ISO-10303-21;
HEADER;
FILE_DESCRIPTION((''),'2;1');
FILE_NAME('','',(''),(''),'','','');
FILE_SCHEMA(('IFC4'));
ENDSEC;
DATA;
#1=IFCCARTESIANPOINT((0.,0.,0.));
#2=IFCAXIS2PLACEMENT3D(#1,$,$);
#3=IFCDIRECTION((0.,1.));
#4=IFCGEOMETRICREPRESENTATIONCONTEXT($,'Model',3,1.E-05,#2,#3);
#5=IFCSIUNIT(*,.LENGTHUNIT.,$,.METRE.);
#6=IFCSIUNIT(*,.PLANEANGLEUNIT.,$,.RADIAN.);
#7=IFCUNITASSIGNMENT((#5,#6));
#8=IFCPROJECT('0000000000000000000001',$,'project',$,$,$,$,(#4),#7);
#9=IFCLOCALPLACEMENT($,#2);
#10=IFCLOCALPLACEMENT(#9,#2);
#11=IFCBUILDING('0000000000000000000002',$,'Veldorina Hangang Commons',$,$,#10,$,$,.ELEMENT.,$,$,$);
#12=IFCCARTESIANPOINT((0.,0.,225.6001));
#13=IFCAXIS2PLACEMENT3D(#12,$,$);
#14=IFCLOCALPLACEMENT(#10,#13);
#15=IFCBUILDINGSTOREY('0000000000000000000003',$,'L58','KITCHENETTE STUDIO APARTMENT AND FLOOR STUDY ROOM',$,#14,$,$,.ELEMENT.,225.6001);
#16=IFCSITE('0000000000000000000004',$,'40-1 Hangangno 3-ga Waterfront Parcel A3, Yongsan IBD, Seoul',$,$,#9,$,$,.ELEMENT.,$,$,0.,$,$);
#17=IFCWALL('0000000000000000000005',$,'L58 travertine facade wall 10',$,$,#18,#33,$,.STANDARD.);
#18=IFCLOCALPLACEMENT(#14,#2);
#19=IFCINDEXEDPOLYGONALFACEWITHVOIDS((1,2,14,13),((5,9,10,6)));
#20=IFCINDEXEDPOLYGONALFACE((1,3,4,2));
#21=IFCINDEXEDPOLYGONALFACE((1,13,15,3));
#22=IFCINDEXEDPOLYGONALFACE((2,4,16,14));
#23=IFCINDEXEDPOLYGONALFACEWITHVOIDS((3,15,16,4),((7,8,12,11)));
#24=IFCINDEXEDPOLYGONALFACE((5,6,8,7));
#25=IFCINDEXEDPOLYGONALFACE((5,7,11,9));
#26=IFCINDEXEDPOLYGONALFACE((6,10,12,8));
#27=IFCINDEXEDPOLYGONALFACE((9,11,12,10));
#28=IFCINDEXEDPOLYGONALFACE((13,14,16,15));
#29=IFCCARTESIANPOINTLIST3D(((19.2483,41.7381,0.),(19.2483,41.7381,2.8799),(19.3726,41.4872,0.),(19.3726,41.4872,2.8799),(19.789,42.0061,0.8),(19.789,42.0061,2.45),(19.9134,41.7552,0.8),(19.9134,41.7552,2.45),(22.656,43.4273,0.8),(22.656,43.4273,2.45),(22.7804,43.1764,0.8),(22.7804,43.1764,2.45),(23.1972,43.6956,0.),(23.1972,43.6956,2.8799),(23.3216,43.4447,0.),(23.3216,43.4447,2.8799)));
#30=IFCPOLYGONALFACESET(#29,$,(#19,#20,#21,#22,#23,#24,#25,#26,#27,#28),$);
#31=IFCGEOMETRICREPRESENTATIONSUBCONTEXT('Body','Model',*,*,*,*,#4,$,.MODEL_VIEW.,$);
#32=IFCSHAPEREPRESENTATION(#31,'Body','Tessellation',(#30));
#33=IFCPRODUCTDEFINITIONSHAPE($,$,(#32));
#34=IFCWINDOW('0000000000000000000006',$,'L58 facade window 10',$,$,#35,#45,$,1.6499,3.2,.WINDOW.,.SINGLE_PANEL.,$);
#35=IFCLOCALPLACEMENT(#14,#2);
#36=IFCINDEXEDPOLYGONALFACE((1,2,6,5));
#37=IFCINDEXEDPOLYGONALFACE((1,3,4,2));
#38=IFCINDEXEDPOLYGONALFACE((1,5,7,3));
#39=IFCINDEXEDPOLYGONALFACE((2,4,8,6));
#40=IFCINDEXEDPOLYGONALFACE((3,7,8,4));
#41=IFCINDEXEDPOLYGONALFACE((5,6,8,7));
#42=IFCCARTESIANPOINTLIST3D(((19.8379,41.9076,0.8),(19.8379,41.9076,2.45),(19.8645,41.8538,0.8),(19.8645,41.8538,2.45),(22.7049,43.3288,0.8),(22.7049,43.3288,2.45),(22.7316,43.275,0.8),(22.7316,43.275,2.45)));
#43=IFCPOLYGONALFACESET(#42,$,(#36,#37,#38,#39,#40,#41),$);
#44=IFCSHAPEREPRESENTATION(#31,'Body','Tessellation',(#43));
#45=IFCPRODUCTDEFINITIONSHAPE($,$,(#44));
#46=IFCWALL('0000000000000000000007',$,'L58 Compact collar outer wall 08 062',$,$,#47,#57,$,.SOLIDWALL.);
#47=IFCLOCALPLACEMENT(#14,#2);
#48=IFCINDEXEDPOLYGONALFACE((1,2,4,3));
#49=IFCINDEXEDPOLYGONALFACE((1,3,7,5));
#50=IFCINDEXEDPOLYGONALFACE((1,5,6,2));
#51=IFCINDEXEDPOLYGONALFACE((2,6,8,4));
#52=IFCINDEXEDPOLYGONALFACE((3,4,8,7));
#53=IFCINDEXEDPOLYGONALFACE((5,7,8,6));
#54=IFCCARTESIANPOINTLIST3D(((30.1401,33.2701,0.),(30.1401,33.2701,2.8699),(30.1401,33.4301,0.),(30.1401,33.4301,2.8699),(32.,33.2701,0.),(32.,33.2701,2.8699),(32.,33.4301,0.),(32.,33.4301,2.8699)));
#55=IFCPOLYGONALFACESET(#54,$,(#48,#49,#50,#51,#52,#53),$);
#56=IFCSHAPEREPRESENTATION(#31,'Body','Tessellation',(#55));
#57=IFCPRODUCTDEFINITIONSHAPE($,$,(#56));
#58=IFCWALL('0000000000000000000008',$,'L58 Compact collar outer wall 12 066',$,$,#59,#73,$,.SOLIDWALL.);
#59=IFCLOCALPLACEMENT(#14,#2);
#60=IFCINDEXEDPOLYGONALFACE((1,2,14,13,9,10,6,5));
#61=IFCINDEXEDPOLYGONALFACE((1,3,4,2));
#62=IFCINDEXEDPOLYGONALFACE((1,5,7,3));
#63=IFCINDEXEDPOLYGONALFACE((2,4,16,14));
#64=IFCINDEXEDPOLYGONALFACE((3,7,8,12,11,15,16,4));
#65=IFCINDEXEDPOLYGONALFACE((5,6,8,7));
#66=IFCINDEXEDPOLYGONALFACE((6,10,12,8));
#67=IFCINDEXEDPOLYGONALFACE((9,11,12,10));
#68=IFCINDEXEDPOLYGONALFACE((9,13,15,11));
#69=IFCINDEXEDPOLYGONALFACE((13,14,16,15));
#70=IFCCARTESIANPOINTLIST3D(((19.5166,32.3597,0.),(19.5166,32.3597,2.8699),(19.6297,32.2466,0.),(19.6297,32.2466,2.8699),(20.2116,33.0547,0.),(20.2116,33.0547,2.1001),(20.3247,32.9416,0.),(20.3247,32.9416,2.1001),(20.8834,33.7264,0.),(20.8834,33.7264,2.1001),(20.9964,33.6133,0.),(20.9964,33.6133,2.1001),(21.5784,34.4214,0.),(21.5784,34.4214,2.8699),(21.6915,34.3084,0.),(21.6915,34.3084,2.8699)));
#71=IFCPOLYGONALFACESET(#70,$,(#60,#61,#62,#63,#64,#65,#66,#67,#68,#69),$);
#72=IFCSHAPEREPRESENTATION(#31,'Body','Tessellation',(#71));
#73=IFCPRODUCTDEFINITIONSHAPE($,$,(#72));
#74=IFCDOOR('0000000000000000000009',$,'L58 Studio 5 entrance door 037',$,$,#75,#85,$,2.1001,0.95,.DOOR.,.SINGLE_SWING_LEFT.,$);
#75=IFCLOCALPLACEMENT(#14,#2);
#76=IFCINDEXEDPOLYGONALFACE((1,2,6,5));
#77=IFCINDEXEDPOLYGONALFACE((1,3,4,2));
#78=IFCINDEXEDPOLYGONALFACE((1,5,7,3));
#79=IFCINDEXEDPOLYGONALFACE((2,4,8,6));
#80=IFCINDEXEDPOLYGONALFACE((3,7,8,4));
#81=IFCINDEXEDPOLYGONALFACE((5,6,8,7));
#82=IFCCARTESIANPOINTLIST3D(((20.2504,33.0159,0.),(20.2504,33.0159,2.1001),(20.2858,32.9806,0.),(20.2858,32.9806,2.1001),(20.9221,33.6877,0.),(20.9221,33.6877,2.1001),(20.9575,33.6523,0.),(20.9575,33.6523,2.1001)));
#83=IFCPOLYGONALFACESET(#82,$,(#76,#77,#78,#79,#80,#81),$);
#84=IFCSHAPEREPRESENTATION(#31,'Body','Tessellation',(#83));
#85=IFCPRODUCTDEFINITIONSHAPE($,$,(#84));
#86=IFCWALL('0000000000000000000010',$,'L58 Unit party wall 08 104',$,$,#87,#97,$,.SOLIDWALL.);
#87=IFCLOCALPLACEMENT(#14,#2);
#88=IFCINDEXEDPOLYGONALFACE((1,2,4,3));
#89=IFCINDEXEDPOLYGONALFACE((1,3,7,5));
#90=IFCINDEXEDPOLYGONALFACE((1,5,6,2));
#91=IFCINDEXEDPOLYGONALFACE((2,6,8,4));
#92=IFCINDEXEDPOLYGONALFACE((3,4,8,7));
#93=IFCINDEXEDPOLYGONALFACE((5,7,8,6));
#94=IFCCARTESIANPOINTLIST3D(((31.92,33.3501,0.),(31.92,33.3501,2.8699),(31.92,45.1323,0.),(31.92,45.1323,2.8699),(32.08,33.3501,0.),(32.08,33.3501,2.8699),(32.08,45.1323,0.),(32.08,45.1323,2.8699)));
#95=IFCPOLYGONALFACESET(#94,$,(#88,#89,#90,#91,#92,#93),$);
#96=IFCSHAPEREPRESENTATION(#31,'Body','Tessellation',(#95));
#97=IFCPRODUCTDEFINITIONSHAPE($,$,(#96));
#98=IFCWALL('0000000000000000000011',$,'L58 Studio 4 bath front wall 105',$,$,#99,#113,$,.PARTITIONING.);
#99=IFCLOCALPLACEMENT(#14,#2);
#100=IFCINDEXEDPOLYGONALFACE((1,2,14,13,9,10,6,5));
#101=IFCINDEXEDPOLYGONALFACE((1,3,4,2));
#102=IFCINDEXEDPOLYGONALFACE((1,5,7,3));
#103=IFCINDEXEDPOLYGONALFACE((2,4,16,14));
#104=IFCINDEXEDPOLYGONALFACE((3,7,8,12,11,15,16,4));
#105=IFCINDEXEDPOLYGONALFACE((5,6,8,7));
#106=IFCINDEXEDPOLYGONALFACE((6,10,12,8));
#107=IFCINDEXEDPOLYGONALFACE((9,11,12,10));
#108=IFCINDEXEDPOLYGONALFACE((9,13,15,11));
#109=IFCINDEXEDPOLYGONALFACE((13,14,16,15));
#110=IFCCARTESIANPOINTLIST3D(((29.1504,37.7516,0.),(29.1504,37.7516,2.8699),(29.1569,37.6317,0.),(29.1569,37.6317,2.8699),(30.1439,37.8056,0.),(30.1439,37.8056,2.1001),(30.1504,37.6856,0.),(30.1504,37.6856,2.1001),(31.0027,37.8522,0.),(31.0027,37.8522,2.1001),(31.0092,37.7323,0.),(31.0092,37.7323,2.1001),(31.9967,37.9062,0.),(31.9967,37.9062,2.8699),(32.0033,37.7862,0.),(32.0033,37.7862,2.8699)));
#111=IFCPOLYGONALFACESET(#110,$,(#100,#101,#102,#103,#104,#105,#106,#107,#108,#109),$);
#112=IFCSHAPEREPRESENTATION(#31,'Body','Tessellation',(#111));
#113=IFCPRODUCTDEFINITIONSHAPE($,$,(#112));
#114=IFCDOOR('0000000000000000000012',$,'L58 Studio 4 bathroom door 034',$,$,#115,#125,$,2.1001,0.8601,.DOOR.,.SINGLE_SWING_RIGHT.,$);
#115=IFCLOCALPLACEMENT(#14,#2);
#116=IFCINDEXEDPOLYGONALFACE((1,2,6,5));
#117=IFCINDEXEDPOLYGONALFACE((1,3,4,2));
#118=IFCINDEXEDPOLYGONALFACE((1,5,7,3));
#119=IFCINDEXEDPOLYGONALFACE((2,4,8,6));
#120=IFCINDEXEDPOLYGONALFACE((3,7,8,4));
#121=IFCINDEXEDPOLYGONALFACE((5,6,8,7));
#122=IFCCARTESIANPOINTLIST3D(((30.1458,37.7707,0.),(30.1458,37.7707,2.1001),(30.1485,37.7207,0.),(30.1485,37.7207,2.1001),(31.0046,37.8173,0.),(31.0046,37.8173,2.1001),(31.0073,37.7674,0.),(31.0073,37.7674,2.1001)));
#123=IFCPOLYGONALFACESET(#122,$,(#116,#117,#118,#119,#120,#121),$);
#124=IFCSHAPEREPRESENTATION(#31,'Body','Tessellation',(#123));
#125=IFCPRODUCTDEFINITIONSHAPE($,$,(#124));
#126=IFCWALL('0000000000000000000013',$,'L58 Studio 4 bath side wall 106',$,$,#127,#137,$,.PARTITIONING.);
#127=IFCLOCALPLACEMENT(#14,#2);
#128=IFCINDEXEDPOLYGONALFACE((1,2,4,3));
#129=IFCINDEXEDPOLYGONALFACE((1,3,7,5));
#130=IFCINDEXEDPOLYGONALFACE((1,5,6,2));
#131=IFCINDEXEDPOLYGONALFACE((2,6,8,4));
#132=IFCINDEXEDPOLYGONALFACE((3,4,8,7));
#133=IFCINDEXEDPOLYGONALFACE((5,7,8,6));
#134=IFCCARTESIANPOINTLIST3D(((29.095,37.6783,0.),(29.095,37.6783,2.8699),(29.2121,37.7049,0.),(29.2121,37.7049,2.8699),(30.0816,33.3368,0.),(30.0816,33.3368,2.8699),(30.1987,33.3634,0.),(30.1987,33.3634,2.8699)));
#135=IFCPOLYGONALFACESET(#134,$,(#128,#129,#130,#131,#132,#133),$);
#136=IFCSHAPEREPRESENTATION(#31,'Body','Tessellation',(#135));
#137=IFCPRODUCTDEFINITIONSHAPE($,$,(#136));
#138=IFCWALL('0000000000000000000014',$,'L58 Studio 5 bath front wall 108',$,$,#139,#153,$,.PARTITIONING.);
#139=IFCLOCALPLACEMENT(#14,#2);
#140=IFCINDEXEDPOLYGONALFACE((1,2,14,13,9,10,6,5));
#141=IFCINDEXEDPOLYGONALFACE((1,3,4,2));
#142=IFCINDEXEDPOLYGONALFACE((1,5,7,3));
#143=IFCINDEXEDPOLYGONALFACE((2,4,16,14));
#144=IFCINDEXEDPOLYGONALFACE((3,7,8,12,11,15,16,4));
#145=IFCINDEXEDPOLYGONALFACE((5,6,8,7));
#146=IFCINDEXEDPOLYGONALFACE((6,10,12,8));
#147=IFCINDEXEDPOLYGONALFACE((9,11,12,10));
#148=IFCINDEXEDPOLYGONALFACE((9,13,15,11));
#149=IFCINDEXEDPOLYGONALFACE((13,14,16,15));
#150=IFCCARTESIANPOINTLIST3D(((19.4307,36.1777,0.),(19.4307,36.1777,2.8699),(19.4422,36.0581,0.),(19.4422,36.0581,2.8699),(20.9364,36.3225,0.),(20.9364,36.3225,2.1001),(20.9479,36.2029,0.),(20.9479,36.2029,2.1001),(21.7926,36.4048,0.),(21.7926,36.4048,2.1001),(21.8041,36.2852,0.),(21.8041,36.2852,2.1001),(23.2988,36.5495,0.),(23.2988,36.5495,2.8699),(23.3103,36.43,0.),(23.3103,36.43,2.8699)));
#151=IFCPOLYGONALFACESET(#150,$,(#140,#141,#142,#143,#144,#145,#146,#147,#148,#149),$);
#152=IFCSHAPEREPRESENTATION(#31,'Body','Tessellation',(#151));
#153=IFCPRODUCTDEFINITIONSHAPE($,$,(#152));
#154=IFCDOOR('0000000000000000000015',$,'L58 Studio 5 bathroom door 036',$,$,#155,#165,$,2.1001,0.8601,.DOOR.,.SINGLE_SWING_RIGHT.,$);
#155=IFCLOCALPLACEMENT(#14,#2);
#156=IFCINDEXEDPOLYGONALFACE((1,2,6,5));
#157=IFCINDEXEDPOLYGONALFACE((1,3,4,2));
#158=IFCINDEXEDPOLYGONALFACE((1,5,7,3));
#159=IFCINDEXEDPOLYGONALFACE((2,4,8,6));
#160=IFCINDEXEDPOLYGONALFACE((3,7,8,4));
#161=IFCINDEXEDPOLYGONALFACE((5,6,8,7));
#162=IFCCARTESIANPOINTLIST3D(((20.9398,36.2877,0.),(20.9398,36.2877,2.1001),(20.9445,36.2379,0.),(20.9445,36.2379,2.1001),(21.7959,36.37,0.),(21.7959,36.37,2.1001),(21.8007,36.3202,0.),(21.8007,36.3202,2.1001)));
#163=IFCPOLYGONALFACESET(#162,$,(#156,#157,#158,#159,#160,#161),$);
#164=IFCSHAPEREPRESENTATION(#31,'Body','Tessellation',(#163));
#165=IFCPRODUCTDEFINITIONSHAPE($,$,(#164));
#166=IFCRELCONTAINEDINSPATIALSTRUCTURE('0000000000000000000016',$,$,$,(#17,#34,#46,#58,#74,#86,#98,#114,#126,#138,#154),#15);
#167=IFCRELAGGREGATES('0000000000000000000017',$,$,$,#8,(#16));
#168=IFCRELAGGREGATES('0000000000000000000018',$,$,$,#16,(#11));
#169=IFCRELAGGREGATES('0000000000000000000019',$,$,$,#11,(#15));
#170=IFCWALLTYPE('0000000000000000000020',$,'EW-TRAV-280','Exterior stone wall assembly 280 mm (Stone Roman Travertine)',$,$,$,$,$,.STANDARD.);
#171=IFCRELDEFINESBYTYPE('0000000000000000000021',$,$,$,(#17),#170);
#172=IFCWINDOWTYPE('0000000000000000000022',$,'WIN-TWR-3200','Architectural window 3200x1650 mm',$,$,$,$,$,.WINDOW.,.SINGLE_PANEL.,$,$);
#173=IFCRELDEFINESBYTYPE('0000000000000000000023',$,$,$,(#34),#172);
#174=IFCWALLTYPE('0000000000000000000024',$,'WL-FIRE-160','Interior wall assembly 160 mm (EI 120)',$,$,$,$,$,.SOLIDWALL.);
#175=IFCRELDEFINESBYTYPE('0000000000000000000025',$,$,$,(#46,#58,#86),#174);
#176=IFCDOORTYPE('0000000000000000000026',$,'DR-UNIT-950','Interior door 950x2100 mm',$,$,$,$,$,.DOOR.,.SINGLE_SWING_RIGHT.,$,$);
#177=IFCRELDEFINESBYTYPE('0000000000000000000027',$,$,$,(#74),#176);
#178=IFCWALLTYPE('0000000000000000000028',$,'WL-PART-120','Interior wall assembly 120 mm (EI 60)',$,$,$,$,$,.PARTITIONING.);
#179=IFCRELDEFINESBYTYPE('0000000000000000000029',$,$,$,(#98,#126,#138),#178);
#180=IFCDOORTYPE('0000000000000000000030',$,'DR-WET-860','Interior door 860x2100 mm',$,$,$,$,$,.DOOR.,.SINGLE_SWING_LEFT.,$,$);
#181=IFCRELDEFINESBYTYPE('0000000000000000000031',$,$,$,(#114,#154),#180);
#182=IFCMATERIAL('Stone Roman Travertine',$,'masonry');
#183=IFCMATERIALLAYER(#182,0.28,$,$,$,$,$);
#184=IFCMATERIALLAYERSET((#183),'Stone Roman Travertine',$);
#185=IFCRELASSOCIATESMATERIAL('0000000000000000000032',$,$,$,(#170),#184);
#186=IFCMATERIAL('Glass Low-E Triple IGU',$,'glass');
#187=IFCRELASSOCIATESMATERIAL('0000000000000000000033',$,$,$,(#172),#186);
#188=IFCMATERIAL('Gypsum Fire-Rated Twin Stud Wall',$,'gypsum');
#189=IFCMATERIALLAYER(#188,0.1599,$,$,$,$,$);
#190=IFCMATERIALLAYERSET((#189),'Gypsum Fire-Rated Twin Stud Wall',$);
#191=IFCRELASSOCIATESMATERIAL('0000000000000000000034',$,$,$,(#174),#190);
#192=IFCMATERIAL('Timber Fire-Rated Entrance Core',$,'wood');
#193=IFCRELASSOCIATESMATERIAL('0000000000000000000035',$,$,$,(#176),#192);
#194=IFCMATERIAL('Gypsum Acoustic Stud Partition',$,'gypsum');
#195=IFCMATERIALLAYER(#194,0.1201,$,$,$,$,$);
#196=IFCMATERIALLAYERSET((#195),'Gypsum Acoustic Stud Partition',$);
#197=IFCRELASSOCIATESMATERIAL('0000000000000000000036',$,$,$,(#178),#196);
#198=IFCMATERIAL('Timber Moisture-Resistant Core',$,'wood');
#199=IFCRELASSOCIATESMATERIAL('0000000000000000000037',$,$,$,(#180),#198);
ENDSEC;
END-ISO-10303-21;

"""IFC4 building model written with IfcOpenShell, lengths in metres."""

from ifc_helpers import new_model, si_unit, direction, frame, frame_2d, origin, place, context, subcontext, project, spatial, rectangle, extrude, material, layer, layer_set, type_object, element, fill, save


model = new_model("IFC4")

# Units and contexts
model_context = context("Model", 3, precision=1e-05, world=origin(), true_north=direction((0.0, 1.0)))
body_context = subcontext(model_context, "Body", "Model", "MODEL_VIEW")
ifc_project = project(units=[si_unit("LENGTHUNIT", "METRE"), si_unit("PLANEANGLEUNIT", "RADIAN")], contexts=[model_context])

# Site, building, storey
site_placement = place(None, origin())
site = spatial("IfcSite", under=ifc_project, at=site_placement, Name="40-1 Hangangno 3-ga Waterfront Parcel A3, Yongsan IBD, Seoul", CompositionType="ELEMENT", RefElevation=0.0)
building_placement = place(site_placement, origin())
building = spatial("IfcBuilding", under=site, at=building_placement, Name="Veldorina Hangang Commons", CompositionType="ELEMENT")
storey_placement = place(building_placement, frame((0.0, 0.0, 225.6001)))
storey = spatial("IfcBuildingStorey", under=building, at=storey_placement, Name="L58", Description="KITCHENETTE STUDIO APARTMENT AND FLOOR STUDY ROOM", CompositionType="ELEMENT", Elevation=225.6001)

# Shared definitions
ifc_material_1 = material(Name="Stone Roman Travertine", Category="masonry")
ifc_layer_1 = layer(ifc_material_1, 0.28)
ifc_layer_set_1 = layer_set([ifc_layer_1], Name="Stone Roman Travertine")
wall_type_1 = type_object("IfcWallType", Name="EW-TRAV-280", Description="Exterior stone wall assembly 280 mm (Stone Roman Travertine)", PredefinedType="STANDARD", material=ifc_layer_set_1)

# Wall, opening, window
wall_1_placement = place(storey_placement, frame((23.2593, 43.5701, 0.0), z_axis=(0.0, 0.0, 1.0), x_axis=(-0.895962, -0.444131, 0.0)))
wall_1 = element("IfcWall", 1, at=wall_1_placement, inside=storey, type_object=wall_type_1, Name="L58 travertine facade wall 10", PredefinedType="STANDARD", context=body_context, shape_type="SweptSolid", body=[
    extrude(rectangle(XDim=4.4075, YDim=0.28, at=frame_2d((2.2036, 0.0))), origin(), (0.0, 0.0, 1.0), 2.8799),
])
opening_1_placement = place(wall_1_placement, frame((0.6038, 0.0, 0.8)))
opening_1 = element("IfcOpeningElement", 2, at=opening_1_placement, cuts=wall_1, PredefinedType="OPENING", context=body_context, shape_type="SweptSolid", body=[
    extrude(rectangle(XDim=3.2, YDim=1.6499, at=frame_2d((1.6001, 0.825))), frame((0.0, 0.1499, 0.0), z_axis=(0.0, -1.0, 0.0), x_axis=(1.0, 0.0, 0.0)), (0.0, 0.0, 1.0), 0.3),
])
ifc_material_2 = material(Name="Glass Low-E Triple IGU", Category="glass")
window_type = type_object("IfcWindowType", Name="WIN-TWR-3200", Description="Architectural window 3200x1650 mm", PartitioningType="SINGLE_PANEL", PredefinedType="WINDOW", material=ifc_material_2)
window_placement = place(opening_1_placement, origin())
window = element("IfcWindow", 3, at=window_placement, inside=storey, type_object=window_type, Name="L58 facade window 10", OverallHeight=1.6499, OverallWidth=3.2, PartitioningType="SINGLE_PANEL", PredefinedType="WINDOW", context=body_context, shape_type="SweptSolid", body=[
    extrude(rectangle(XDim=3.2, YDim=1.6499, at=frame_2d((1.6001, 0.825))), frame((0.0, 0.03, 0.0), z_axis=(0.0, -1.0, 0.0), x_axis=(1.0, 0.0, 0.0)), (0.0, 0.0, 1.0), 0.0601),
])
fill(opening_1, window)

# Wall
ifc_material_3 = material(Name="Gypsum Fire-Rated Twin Stud Wall", Category="gypsum")
ifc_layer_2 = layer(ifc_material_3, 0.1599)
ifc_layer_set_2 = layer_set([ifc_layer_2], Name="Gypsum Fire-Rated Twin Stud Wall")
wall_type_2 = type_object("IfcWallType", Name="WL-FIRE-160", Description="Interior wall assembly 160 mm (EI 120)", PredefinedType="SOLIDWALL", material=ifc_layer_set_2)
wall_2_placement = place(storey_placement, frame((32.0, 33.3501, 0.0), z_axis=(0.0, 0.0, 1.0), x_axis=(-1.0, 0.0, 0.0)))
element("IfcWall", 4, at=wall_2_placement, inside=storey, type_object=wall_type_2, Name="L58 Compact collar outer wall 08 062", PredefinedType="SOLIDWALL", context=body_context, shape_type="SweptSolid", body=[
    extrude(rectangle(XDim=1.8599, YDim=0.1599, at=frame_2d((0.9299, 0.0))), origin(), (0.0, 0.0, 1.0), 2.8699),
])

# Wall, opening, door
wall_3_placement = place(storey_placement, frame((21.635, 34.365, 0.0), z_axis=(0.0, 0.0, 1.0), x_axis=(-0.707107, -0.707107, 0.0)))
wall_3 = element("IfcWall", 5, at=wall_3_placement, inside=storey, type_object=wall_type_2, Name="L58 Compact collar outer wall 12 066", PredefinedType="SOLIDWALL", context=body_context, shape_type="SweptSolid", body=[
    extrude(rectangle(XDim=2.9158, YDim=0.1599, at=frame_2d((1.458, 0.0))), origin(), (0.0, 0.0, 1.0), 2.8699),
])
opening_2_placement = place(wall_3_placement, frame((0.9829, 0.0, 0.0)))
opening_2 = element("IfcOpeningElement", 6, at=opening_2_placement, cuts=wall_3, PredefinedType="OPENING", context=body_context, shape_type="SweptSolid", body=[
    extrude(rectangle(XDim=0.95, YDim=2.1001, at=frame_2d((0.4751, 1.05))), frame((0.0, 0.0898, 0.0), z_axis=(0.0, -1.0, 0.0), x_axis=(1.0, 0.0, 0.0)), (0.0, 0.0, 1.0), 0.1799),
])
ifc_material_4 = material(Name="Timber Fire-Rated Entrance Core", Category="wood")
door_type_1 = type_object("IfcDoorType", Name="DR-UNIT-950", Description="Interior door 950x2100 mm", OperationType="SINGLE_SWING_RIGHT", PredefinedType="DOOR", material=ifc_material_4)
door_1_placement = place(opening_2_placement, origin())
door_1 = element("IfcDoor", 7, at=door_1_placement, inside=storey, type_object=door_type_1, Name="L58 Studio 5 entrance door 037", OperationType="SINGLE_SWING_LEFT", OverallHeight=2.1001, OverallWidth=0.95, PredefinedType="DOOR", context=body_context, shape_type="SweptSolid", body=[
    extrude(rectangle(XDim=0.95, YDim=2.1001, at=frame_2d((0.4751, 1.05))), frame((0.0, 0.0249, 0.0), z_axis=(0.0, -1.0, 0.0), x_axis=(1.0, 0.0, 0.0)), (0.0, 0.0, 1.0), 0.05),
])
fill(opening_2, door_1)

# Wall
wall_4_placement = place(storey_placement, frame((32.0, 33.3501, 0.0), z_axis=(0.0, 0.0, 1.0), x_axis=(0.0, 1.0, 0.0)))
element("IfcWall", 8, at=wall_4_placement, inside=storey, type_object=wall_type_2, Name="L58 Unit party wall 08 104", PredefinedType="SOLIDWALL", context=body_context, shape_type="SweptSolid", body=[
    extrude(rectangle(XDim=11.7822, YDim=0.1599, at=frame_2d((5.8911, 0.0))), origin(), (0.0, 0.0, 1.0), 2.8699),
])

# Wall, opening, door
ifc_material_5 = material(Name="Gypsum Acoustic Stud Partition", Category="gypsum")
ifc_layer_3 = layer(ifc_material_5, 0.1201)
ifc_layer_set_3 = layer_set([ifc_layer_3], Name="Gypsum Acoustic Stud Partition")
wall_type_3 = type_object("IfcWallType", Name="WL-PART-120", Description="Interior wall assembly 120 mm (EI 60)", PredefinedType="PARTITIONING", material=ifc_layer_set_3)
wall_5_placement = place(storey_placement, frame((32.0, 37.8462, 0.0), z_axis=(0.0, 0.0, 1.0), x_axis=(-0.998529, -0.054213, 0.0)))
wall_5 = element("IfcWall", 9, at=wall_5_placement, inside=storey, type_object=wall_type_3, Name="L58 Studio 4 bath front wall 105", PredefinedType="PARTITIONING", context=body_context, shape_type="SweptSolid", body=[
    extrude(rectangle(XDim=2.8506, YDim=0.1201, at=frame_2d((1.4253, 0.0))), origin(), (0.0, 0.0, 1.0), 2.8699),
])
opening_3_placement = place(wall_5_placement, frame((0.9954, 0.0, 0.0)))
opening_3 = element("IfcOpeningElement", 10, at=opening_3_placement, cuts=wall_5, PredefinedType="OPENING", context=body_context, shape_type="SweptSolid", body=[
    extrude(rectangle(XDim=0.8601, YDim=2.1001, at=frame_2d((0.4302, 1.05))), frame((0.0, 0.0701, 0.0), z_axis=(0.0, -1.0, 0.0), x_axis=(1.0, 0.0, 0.0)), (0.0, 0.0, 1.0), 0.1401),
])
ifc_material_6 = material(Name="Timber Moisture-Resistant Core", Category="wood")
door_type_2 = type_object("IfcDoorType", Name="DR-WET-860", Description="Interior door 860x2100 mm", OperationType="SINGLE_SWING_LEFT", PredefinedType="DOOR", material=ifc_material_6)
door_2_placement = place(opening_3_placement, origin())
door_2 = element("IfcDoor", 11, at=door_2_placement, inside=storey, type_object=door_type_2, Name="L58 Studio 4 bathroom door 034", OperationType="SINGLE_SWING_RIGHT", OverallHeight=2.1001, OverallWidth=0.8601, PredefinedType="DOOR", context=body_context, shape_type="SweptSolid", body=[
    extrude(rectangle(XDim=0.8601, YDim=2.1001, at=frame_2d((0.4302, 1.05))), frame((0.0, 0.0249, 0.0), z_axis=(0.0, -1.0, 0.0), x_axis=(1.0, 0.0, 0.0)), (0.0, 0.0, 1.0), 0.05),
])
fill(opening_3, door_2)

# Wall
wall_6_placement = place(storey_placement, frame((30.1401, 33.3501, 0.0), z_axis=(0.0, 0.0, 1.0), x_axis=(-0.22159, 0.97514, 0.0)))
element("IfcWall", 12, at=wall_6_placement, inside=storey, type_object=wall_type_3, Name="L58 Studio 4 bath side wall 106", PredefinedType="PARTITIONING", context=body_context, shape_type="SweptSolid", body=[
    extrude(rectangle(XDim=4.4521, YDim=0.1201, at=frame_2d((2.2261, 0.0))), origin(), (0.0, 0.0, 1.0), 2.8699),
])

# Wall, opening, door
wall_7_placement = place(storey_placement, frame((23.3044, 36.4897, 0.0), z_axis=(0.0, 0.0, 1.0), x_axis=(-0.995412, -0.095684, 0.0)))
wall_7 = element("IfcWall", 13, at=wall_7_placement, inside=storey, type_object=wall_type_3, Name="L58 Studio 5 bath front wall 108", PredefinedType="PARTITIONING", context=body_context, shape_type="SweptSolid", body=[
    extrude(rectangle(XDim=3.886, YDim=0.1201, at=frame_2d((1.9429, 0.0))), origin(), (0.0, 0.0, 1.0), 2.8699),
])
opening_4_placement = place(wall_7_placement, frame((1.5129, 0.0, 0.0)))
opening_4 = element("IfcOpeningElement", 14, at=opening_4_placement, cuts=wall_7, PredefinedType="OPENING", context=body_context, shape_type="SweptSolid", body=[
    extrude(rectangle(XDim=0.8601, YDim=2.1001, at=frame_2d((0.4302, 1.05))), frame((0.0, 0.0701, 0.0), z_axis=(0.0, -1.0, 0.0), x_axis=(1.0, 0.0, 0.0)), (0.0, 0.0, 1.0), 0.1401),
])
door_3_placement = place(opening_4_placement, origin())
door_3 = element("IfcDoor", 15, at=door_3_placement, inside=storey, type_object=door_type_2, Name="L58 Studio 5 bathroom door 036", OperationType="SINGLE_SWING_RIGHT", OverallHeight=2.1001, OverallWidth=0.8601, PredefinedType="DOOR", context=body_context, shape_type="SweptSolid", body=[
    extrude(rectangle(XDim=0.8601, YDim=2.1001, at=frame_2d((0.4302, 1.05))), frame((0.0, 0.0249, 0.0), z_axis=(0.0, -1.0, 0.0), x_axis=(1.0, 0.0, 0.0)), (0.0, 0.0, 1.0), 0.05),
])
fill(opening_4, door_3)

save(model, "model.ifc")
